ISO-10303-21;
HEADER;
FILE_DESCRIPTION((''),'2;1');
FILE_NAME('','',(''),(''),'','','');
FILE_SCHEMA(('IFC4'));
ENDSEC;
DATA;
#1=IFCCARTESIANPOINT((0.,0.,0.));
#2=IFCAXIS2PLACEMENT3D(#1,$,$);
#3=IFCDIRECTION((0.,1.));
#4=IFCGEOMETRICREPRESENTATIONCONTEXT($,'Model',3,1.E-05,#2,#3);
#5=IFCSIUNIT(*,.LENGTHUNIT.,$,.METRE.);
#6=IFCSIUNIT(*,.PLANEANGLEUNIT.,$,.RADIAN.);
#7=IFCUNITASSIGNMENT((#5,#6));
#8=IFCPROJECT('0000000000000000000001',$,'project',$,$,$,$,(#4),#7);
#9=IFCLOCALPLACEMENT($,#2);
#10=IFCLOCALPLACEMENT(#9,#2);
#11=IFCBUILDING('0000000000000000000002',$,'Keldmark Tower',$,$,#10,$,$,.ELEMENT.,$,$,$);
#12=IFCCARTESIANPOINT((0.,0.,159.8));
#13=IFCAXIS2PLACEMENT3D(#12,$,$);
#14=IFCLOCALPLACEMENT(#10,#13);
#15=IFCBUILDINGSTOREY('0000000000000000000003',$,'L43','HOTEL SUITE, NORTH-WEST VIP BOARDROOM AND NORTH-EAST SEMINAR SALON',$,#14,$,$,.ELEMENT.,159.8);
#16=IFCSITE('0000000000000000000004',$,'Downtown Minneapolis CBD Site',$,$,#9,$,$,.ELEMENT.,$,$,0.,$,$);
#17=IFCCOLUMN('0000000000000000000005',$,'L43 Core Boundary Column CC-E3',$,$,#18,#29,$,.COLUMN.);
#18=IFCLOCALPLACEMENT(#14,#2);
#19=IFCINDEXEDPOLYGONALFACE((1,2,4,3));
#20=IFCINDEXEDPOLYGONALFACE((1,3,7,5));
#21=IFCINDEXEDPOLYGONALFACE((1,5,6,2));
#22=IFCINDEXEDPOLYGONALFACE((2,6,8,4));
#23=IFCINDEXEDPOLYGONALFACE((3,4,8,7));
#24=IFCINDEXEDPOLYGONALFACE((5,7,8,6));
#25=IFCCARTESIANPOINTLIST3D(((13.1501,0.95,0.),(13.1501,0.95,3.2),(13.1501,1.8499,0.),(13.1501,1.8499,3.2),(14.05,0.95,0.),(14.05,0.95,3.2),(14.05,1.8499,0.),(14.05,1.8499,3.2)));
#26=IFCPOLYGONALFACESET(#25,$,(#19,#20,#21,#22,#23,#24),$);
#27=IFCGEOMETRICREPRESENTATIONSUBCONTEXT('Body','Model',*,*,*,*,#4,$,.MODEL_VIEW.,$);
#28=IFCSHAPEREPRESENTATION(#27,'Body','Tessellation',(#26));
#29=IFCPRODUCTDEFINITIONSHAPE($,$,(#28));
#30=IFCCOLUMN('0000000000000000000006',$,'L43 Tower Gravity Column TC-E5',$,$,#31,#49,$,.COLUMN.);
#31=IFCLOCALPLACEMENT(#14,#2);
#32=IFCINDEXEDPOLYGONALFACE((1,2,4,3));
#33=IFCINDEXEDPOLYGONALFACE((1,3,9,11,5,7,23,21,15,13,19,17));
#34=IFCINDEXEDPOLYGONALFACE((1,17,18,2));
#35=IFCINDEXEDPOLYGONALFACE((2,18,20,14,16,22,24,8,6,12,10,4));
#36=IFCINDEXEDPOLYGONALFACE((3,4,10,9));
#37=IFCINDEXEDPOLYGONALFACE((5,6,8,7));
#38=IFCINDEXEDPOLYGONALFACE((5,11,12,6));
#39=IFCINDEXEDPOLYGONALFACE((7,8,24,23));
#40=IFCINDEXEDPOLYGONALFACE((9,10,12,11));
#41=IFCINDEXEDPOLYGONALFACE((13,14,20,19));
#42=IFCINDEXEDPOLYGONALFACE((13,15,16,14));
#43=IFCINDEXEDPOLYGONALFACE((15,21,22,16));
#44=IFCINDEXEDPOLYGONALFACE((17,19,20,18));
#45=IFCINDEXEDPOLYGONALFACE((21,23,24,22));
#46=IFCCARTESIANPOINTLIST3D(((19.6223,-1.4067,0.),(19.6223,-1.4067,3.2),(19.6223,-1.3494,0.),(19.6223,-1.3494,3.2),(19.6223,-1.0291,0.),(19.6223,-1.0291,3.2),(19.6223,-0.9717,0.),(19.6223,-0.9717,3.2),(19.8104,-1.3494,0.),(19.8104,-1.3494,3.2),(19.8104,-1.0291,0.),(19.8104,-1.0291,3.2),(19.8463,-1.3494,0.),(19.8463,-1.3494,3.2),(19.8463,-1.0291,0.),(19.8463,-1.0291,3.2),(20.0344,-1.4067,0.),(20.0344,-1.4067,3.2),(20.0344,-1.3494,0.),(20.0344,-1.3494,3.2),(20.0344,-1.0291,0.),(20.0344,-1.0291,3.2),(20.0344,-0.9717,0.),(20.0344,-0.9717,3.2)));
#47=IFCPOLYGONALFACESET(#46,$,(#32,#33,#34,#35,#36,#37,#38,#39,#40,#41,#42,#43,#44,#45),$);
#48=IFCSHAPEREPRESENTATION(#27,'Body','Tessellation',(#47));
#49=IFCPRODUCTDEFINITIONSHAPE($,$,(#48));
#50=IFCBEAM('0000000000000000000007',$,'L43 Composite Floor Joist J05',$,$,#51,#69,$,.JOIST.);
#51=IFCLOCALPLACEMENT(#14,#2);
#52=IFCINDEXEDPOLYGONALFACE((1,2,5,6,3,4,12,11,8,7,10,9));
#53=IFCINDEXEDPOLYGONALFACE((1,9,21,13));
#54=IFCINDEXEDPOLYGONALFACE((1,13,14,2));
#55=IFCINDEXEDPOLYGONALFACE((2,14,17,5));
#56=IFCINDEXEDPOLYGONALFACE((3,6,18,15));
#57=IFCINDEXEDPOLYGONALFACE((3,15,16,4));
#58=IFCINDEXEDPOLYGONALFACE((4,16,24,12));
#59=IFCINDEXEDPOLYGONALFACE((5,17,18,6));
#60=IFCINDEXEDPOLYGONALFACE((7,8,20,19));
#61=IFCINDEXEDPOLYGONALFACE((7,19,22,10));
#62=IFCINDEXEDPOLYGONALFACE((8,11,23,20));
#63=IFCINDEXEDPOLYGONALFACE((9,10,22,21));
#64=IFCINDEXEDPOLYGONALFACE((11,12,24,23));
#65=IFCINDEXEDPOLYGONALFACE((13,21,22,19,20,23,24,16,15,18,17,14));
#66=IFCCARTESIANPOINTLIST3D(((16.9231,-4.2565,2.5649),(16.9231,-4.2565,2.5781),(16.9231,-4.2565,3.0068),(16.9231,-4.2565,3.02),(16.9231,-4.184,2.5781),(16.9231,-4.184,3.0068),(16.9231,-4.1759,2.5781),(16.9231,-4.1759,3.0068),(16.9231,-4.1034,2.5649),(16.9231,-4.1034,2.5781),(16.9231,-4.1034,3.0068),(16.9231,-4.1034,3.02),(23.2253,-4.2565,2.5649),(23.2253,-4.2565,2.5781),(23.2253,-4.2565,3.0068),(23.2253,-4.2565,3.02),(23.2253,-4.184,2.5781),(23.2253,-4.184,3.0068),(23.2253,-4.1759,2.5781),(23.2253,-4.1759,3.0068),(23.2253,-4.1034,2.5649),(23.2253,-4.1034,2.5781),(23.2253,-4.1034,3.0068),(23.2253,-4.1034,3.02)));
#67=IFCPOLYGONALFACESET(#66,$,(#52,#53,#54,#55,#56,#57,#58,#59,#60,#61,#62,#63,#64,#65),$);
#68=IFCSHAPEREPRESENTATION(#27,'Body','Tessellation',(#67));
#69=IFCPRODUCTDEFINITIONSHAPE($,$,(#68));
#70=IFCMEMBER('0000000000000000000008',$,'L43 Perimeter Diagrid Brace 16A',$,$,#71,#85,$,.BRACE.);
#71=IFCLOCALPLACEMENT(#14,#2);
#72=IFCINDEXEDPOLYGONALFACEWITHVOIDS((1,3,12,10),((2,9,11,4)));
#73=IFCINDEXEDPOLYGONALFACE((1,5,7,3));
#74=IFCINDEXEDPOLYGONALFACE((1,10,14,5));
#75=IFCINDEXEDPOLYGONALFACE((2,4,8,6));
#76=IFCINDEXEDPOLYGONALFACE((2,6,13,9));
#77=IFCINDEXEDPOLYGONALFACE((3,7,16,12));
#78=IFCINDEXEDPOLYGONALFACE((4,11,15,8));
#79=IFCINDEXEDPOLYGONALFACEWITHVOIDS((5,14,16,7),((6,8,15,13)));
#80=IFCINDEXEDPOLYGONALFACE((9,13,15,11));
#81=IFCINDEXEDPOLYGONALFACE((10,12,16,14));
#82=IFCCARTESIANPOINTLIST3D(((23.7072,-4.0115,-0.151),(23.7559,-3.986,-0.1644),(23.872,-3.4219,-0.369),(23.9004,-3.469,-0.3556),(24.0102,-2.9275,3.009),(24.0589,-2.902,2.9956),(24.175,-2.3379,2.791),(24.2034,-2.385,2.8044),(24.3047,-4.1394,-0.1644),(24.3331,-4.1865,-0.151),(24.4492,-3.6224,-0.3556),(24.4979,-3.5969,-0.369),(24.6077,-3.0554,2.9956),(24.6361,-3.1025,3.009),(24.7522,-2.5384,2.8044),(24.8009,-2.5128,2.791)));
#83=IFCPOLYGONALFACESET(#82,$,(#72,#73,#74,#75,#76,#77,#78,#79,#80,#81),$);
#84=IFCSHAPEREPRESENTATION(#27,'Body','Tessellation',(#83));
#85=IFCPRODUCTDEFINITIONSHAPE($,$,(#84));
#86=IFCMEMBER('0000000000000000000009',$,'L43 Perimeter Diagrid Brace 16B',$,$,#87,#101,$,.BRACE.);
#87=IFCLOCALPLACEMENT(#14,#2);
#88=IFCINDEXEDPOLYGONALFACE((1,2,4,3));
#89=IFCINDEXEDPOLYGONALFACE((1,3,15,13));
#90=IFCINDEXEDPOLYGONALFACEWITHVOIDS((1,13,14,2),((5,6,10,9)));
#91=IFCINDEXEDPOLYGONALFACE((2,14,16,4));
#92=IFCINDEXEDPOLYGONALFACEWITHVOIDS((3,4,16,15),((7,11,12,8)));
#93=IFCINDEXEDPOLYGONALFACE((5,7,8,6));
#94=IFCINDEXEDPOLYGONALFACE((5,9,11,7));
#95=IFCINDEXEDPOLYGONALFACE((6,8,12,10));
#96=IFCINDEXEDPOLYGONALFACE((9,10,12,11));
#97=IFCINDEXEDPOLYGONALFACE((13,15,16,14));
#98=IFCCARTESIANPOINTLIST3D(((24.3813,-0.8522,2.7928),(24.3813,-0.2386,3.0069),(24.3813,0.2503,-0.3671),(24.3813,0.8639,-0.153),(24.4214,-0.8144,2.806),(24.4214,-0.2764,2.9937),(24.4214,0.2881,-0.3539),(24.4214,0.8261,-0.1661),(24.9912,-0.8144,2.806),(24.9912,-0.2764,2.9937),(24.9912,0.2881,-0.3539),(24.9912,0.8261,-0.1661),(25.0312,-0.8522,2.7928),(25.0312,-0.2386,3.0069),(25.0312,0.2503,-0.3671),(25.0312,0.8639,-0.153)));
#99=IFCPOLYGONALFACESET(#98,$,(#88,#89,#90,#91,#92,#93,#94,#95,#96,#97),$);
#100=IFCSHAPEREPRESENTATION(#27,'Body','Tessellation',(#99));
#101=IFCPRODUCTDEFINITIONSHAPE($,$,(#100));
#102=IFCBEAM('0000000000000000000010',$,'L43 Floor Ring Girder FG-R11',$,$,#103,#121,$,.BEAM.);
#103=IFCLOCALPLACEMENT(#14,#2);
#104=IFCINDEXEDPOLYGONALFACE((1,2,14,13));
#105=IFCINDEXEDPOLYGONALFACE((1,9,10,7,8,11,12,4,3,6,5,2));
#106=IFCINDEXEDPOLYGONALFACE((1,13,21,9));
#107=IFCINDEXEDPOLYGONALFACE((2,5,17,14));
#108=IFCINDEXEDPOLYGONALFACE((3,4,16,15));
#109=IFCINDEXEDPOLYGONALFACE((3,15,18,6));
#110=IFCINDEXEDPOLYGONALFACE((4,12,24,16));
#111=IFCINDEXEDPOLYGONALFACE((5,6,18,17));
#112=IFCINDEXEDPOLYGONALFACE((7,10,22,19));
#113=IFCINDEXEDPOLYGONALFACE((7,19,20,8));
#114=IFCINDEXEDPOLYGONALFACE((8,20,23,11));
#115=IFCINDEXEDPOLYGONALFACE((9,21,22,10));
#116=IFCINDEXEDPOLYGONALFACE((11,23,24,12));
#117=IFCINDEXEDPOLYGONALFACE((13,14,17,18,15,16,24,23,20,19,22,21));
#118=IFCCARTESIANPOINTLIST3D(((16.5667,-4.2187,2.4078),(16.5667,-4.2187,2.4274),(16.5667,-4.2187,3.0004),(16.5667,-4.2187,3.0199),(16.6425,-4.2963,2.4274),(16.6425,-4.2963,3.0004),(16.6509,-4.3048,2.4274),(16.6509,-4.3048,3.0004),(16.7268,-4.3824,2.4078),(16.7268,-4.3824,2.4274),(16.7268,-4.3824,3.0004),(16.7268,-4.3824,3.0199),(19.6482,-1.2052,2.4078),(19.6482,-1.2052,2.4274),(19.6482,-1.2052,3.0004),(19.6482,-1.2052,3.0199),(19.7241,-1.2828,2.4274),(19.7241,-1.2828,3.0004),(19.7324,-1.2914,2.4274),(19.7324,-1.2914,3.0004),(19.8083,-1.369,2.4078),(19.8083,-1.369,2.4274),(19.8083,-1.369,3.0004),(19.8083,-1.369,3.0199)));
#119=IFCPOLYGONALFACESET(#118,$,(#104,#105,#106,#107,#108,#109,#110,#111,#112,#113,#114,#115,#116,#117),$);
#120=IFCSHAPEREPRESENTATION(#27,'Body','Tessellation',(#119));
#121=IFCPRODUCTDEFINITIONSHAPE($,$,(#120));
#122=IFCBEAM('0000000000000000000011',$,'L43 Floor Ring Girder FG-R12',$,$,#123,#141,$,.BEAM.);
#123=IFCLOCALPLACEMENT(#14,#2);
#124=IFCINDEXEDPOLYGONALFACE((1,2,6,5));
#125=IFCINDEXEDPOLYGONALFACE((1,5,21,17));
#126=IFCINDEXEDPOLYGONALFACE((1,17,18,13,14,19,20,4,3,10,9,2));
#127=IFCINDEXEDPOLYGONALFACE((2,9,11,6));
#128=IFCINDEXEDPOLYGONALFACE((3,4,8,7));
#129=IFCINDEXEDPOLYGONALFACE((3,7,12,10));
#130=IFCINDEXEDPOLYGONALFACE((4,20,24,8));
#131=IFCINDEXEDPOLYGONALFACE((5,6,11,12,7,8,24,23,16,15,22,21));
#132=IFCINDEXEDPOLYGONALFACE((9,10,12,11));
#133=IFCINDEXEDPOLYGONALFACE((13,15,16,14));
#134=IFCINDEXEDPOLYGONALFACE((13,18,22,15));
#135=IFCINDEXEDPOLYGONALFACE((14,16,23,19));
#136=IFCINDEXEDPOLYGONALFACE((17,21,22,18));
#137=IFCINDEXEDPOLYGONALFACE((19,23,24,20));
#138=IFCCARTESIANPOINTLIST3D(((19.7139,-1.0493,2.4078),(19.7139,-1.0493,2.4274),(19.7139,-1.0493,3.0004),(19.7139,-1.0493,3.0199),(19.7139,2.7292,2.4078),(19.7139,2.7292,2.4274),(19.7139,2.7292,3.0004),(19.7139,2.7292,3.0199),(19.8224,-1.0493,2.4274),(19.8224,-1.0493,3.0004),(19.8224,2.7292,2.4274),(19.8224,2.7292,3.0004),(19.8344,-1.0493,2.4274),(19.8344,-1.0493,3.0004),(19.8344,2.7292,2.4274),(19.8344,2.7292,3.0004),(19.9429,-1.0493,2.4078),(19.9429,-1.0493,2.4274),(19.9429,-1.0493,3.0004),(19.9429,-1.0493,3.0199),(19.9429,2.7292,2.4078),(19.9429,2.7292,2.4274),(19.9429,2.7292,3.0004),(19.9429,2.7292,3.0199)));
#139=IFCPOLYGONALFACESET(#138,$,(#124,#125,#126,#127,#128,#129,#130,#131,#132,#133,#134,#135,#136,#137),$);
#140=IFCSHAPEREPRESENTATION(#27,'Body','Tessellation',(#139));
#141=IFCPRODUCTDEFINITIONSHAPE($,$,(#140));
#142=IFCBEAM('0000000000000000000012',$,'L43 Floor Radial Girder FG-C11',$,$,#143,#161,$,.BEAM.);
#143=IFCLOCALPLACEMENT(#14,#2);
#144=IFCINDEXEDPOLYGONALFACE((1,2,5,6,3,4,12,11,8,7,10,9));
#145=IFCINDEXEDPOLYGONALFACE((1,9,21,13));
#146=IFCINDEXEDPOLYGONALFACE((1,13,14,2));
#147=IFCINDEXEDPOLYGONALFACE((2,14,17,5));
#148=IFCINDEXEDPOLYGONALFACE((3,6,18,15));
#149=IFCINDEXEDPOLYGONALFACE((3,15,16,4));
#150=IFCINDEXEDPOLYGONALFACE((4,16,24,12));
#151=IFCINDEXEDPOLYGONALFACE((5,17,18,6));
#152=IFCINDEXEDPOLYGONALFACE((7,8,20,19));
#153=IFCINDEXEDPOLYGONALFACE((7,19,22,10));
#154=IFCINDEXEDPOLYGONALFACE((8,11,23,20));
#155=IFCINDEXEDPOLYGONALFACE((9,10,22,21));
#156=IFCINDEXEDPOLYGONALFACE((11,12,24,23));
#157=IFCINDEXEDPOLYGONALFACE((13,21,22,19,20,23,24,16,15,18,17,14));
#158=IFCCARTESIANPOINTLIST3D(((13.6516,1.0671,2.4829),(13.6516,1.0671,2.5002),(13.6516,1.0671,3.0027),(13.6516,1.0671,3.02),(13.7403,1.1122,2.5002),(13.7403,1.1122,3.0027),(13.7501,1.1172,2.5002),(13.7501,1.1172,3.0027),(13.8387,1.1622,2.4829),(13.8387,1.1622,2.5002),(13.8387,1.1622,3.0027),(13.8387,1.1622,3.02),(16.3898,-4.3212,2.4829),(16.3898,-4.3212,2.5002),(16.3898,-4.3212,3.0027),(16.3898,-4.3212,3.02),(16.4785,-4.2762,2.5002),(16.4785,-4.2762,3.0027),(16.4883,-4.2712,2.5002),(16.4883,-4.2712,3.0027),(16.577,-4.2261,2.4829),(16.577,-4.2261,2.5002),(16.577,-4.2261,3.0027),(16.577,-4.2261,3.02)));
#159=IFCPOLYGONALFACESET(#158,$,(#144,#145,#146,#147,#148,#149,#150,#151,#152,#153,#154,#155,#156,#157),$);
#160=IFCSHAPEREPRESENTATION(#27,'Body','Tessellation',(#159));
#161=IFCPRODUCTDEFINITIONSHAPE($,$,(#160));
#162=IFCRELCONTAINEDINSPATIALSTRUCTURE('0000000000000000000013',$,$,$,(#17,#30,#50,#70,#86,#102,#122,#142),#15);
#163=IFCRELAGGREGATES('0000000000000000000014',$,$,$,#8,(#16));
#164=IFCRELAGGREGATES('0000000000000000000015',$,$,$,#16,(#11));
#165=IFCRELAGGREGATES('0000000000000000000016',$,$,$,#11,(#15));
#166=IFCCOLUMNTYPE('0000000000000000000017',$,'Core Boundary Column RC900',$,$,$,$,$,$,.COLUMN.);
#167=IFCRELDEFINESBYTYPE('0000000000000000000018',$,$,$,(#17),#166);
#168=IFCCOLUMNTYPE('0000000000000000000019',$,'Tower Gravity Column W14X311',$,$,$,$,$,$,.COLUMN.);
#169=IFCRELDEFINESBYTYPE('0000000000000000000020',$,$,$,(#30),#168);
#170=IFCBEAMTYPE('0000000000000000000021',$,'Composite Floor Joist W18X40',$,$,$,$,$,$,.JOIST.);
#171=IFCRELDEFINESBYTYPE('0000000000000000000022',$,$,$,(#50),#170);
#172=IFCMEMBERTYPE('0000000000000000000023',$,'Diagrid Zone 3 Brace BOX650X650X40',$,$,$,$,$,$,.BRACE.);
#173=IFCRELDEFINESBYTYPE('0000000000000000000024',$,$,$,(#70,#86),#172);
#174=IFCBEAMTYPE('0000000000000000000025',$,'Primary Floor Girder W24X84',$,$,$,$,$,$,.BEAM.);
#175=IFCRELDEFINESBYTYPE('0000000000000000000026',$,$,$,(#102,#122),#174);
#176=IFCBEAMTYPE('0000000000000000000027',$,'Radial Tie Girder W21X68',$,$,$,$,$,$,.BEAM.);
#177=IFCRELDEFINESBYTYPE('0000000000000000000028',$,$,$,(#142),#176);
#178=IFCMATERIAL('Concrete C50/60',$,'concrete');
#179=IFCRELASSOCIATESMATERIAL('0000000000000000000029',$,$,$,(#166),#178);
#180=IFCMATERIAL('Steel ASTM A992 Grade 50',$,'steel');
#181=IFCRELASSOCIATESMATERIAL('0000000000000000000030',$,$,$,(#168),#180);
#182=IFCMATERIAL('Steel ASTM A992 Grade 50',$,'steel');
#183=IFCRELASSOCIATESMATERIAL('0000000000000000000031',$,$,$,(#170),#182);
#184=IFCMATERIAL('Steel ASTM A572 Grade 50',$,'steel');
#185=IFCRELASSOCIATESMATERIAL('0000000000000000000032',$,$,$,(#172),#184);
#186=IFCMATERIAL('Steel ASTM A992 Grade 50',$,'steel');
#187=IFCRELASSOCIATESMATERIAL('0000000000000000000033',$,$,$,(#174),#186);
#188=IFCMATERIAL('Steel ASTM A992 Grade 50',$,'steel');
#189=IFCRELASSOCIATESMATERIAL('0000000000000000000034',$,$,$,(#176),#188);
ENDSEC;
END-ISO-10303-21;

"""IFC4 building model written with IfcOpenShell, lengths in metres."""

from ifc_helpers import new_model, si_unit, direction, frame, origin, origin_2d, place, context, subcontext, project, spatial, rectangle, hollow_rectangle, i_section, extrude, material, material_profile, profile_set, type_object, element, save


model = new_model("IFC4")

# Units and contexts
model_context = context("Model", 3, precision=1e-05, world=origin(), true_north=direction((0.0, 1.0)))
body_context = subcontext(model_context, "Body", "Model", "MODEL_VIEW")
ifc_project = project(units=[si_unit("LENGTHUNIT", "METRE"), si_unit("PLANEANGLEUNIT", "RADIAN")], contexts=[model_context])

# Site, building, storey
site_placement = place(None, origin())
site = spatial("IfcSite", under=ifc_project, at=site_placement, Name="Downtown Minneapolis CBD Site", CompositionType="ELEMENT", RefElevation=0.0)
building_placement = place(site_placement, origin())
building = spatial("IfcBuilding", under=site, at=building_placement, Name="Keldmark Tower", CompositionType="ELEMENT")
storey_placement = place(building_placement, frame((0.0, 0.0, 159.8)))
storey = spatial("IfcBuildingStorey", under=building, at=storey_placement, Name="L43", Description="HOTEL SUITE, NORTH-WEST VIP BOARDROOM AND NORTH-EAST SEMINAR SALON", CompositionType="ELEMENT", Elevation=159.8)

# Columns
ifc_material_1 = material(Name="Concrete C50/60", Category="concrete")
ifc_material_profile_1 = material_profile(ifc_material_1, rectangle(XDim=0.8999, YDim=0.8999, at=origin_2d()), Name="RC900X900")
ifc_profile_set_1 = profile_set([ifc_material_profile_1], Name="Concrete C50/60")
column_type_1 = type_object("IfcColumnType", Name="Core Boundary Column RC900", PredefinedType="COLUMN", material=ifc_profile_set_1)
column_1_placement = place(storey_placement, frame((13.6001, 1.3999, 0.0), z_axis=(0.0, 0.0, 1.0), x_axis=(1.0, 0.0, 0.0)))
element("IfcColumn", 1, at=column_1_placement, inside=storey, type_object=column_type_1, Name="L43 Core Boundary Column CC-E3", PredefinedType="COLUMN", context=body_context, shape_type="SweptSolid", body=[
    extrude(rectangle(XDim=0.8999, YDim=0.8999, at=origin_2d()), origin(), (0.0, 0.0, 1.0), 3.2),
])
ifc_material_2 = material(Name="Steel ASTM A992 Grade 50", Category="steel")
ifc_material_profile_2 = material_profile(ifc_material_2, i_section(OverallWidth=0.4121, OverallDepth=0.4351, WebThickness=0.0359, FlangeThickness=0.0574, at=origin_2d()), Name="W14X311")
ifc_profile_set_2 = profile_set([ifc_material_profile_2], Name="Steel ASTM A992 Grade 50")
column_type_2 = type_object("IfcColumnType", Name="Tower Gravity Column W14X311", PredefinedType="COLUMN", material=ifc_profile_set_2)
column_2_placement = place(storey_placement, frame((19.8284, -1.1892, 0.0), z_axis=(0.0, 0.0, 1.0), x_axis=(1.0, 0.0, 0.0)))
element("IfcColumn", 2, at=column_2_placement, inside=storey, type_object=column_type_2, Name="L43 Tower Gravity Column TC-E5", PredefinedType="COLUMN", context=body_context, shape_type="SweptSolid", body=[
    extrude(i_section(OverallWidth=0.4121, OverallDepth=0.4351, WebThickness=0.0359, FlangeThickness=0.0574, at=origin_2d()), origin(), (0.0, 0.0, 1.0), 3.2),
])

# Beam
ifc_material_3 = material(Name="Steel ASTM A992 Grade 50", Category="steel")
ifc_material_profile_3 = material_profile(ifc_material_3, i_section(OverallWidth=0.1531, OverallDepth=0.4551, WebThickness=0.0081, FlangeThickness=0.0132, at=origin_2d()), Name="W18X40")
ifc_profile_set_3 = profile_set([ifc_material_profile_3], Name="Steel ASTM A992 Grade 50")
beam_type_1 = type_object("IfcBeamType", Name="Composite Floor Joist W18X40", PredefinedType="JOIST", material=ifc_profile_set_3)
beam_1_placement = place(storey_placement, frame((16.9231, -4.1799, 2.7925), z_axis=(1.0, 0.0, 0.0), x_axis=(0.0, 1.0, 0.0)))
element("IfcBeam", 3, at=beam_1_placement, inside=storey, type_object=beam_type_1, Name="L43 Composite Floor Joist J05", PredefinedType="JOIST", context=body_context, shape_type="SweptSolid", body=[
    extrude(i_section(OverallWidth=0.1531, OverallDepth=0.4551, WebThickness=0.0081, FlangeThickness=0.0132, at=origin_2d()), origin(), (0.0, 0.0, 1.0), 6.3022),
])

# Members
ifc_material_4 = material(Name="Steel ASTM A572 Grade 50", Category="steel")
ifc_material_profile_4 = material_profile(ifc_material_4, hollow_rectangle(XDim=0.6499, YDim=0.6499, WallThickness=0.04, at=origin_2d()), Name="BOX650X650X40")
ifc_profile_set_4 = profile_set([ifc_material_profile_4], Name="Steel ASTM A572 Grade 50")
member_type = type_object("IfcMemberType", Name="Diagrid Zone 3 Brace BOX650X650X40", PredefinedType="BRACE", material=ifc_profile_set_4)
member_1_placement = place(storey_placement, frame((24.1025, -3.8042, -0.26), z_axis=(0.090323, 0.323155, 0.942026), x_axis=(-0.963088, 0.269187, 0.0)))
element("IfcMember", 4, at=member_1_placement, inside=storey, type_object=member_type, Name="L43 Perimeter Diagrid Brace 16A", PredefinedType="BRACE", context=body_context, shape_type="SweptSolid", body=[
    extrude(hollow_rectangle(XDim=0.6499, YDim=0.6499, WallThickness=0.04, at=origin_2d()), origin(), (0.0, 0.0, 1.0), 3.3545),
])
member_2_placement = place(storey_placement, frame((24.7063, 0.5571, -0.26), z_axis=(0.0, -0.329437, 0.944177), x_axis=(1.0, 0.0, 0.0)))
element("IfcMember", 5, at=member_2_placement, inside=storey, type_object=member_type, Name="L43 Perimeter Diagrid Brace 16B", PredefinedType="BRACE", context=body_context, shape_type="SweptSolid", body=[
    extrude(hollow_rectangle(XDim=0.6499, YDim=0.6499, WallThickness=0.04, at=origin_2d()), origin(), (0.0, 0.0, 1.0), 3.3467),
])

# Beams
ifc_material_5 = material(Name="Steel ASTM A992 Grade 50", Category="steel")
ifc_material_profile_5 = material_profile(ifc_material_5, i_section(OverallWidth=0.229, OverallDepth=0.6121, WebThickness=0.012, FlangeThickness=0.0195, at=origin_2d()), Name="W24X84")
ifc_profile_set_5 = profile_set([ifc_material_profile_5], Name="Steel ASTM A992 Grade 50")
beam_type_2 = type_object("IfcBeamType", Name="Primary Floor Girder W24X84", PredefinedType="BEAM", material=ifc_profile_set_5)
beam_2_placement = place(storey_placement, frame((16.6467, -4.3005, 2.7139), z_axis=(0.714965, 0.699161, 0.0), x_axis=(-0.699161, 0.714965, 0.0)))
element("IfcBeam", 6, at=beam_2_placement, inside=storey, type_object=beam_type_2, Name="L43 Floor Ring Girder FG-R11", PredefinedType="BEAM", context=body_context, shape_type="SweptSolid", body=[
    extrude(i_section(OverallWidth=0.229, OverallDepth=0.6121, WebThickness=0.012, FlangeThickness=0.0195, at=origin_2d()), origin(), (0.0, 0.0, 1.0), 4.3101),
])
beam_3_placement = place(storey_placement, frame((19.8284, -1.0493, 2.7139), z_axis=(0.0, 1.0, 0.0), x_axis=(-1.0, 0.0, 0.0)))
element("IfcBeam", 7, at=beam_3_placement, inside=storey, type_object=beam_type_2, Name="L43 Floor Ring Girder FG-R12", PredefinedType="BEAM", context=body_context, shape_type="SweptSolid", body=[
    extrude(i_section(OverallWidth=0.229, OverallDepth=0.6121, WebThickness=0.012, FlangeThickness=0.0195, at=origin_2d()), origin(), (0.0, 0.0, 1.0), 3.7786),
])
ifc_material_6 = material(Name="Steel ASTM A992 Grade 50", Category="steel")
ifc_material_profile_6 = material_profile(ifc_material_6, i_section(OverallWidth=0.21, OverallDepth=0.5371, WebThickness=0.011, FlangeThickness=0.0173, at=origin_2d()), Name="W21X68")
ifc_profile_set_6 = profile_set([ifc_material_profile_6], Name="Steel ASTM A992 Grade 50")
beam_type_3 = type_object("IfcBeamType", Name="Radial Tie Girder W21X68", PredefinedType="BEAM", material=ifc_profile_set_6)
beam_4_placement = place(storey_placement, frame((16.4834, -4.2737, 2.7515), z_axis=(-0.453037, 0.891492, 0.0), x_axis=(-0.891492, -0.453037, 0.0)))
element("IfcBeam", 8, at=beam_4_placement, inside=storey, type_object=beam_type_3, Name="L43 Floor Radial Girder FG-C11", PredefinedType="BEAM", context=body_context, shape_type="SweptSolid", body=[
    extrude(i_section(OverallWidth=0.21, OverallDepth=0.5371, WebThickness=0.011, FlangeThickness=0.0173, at=origin_2d()), origin(), (0.0, 0.0, 1.0), 6.0442),
])

save(model, "model.ifc")
